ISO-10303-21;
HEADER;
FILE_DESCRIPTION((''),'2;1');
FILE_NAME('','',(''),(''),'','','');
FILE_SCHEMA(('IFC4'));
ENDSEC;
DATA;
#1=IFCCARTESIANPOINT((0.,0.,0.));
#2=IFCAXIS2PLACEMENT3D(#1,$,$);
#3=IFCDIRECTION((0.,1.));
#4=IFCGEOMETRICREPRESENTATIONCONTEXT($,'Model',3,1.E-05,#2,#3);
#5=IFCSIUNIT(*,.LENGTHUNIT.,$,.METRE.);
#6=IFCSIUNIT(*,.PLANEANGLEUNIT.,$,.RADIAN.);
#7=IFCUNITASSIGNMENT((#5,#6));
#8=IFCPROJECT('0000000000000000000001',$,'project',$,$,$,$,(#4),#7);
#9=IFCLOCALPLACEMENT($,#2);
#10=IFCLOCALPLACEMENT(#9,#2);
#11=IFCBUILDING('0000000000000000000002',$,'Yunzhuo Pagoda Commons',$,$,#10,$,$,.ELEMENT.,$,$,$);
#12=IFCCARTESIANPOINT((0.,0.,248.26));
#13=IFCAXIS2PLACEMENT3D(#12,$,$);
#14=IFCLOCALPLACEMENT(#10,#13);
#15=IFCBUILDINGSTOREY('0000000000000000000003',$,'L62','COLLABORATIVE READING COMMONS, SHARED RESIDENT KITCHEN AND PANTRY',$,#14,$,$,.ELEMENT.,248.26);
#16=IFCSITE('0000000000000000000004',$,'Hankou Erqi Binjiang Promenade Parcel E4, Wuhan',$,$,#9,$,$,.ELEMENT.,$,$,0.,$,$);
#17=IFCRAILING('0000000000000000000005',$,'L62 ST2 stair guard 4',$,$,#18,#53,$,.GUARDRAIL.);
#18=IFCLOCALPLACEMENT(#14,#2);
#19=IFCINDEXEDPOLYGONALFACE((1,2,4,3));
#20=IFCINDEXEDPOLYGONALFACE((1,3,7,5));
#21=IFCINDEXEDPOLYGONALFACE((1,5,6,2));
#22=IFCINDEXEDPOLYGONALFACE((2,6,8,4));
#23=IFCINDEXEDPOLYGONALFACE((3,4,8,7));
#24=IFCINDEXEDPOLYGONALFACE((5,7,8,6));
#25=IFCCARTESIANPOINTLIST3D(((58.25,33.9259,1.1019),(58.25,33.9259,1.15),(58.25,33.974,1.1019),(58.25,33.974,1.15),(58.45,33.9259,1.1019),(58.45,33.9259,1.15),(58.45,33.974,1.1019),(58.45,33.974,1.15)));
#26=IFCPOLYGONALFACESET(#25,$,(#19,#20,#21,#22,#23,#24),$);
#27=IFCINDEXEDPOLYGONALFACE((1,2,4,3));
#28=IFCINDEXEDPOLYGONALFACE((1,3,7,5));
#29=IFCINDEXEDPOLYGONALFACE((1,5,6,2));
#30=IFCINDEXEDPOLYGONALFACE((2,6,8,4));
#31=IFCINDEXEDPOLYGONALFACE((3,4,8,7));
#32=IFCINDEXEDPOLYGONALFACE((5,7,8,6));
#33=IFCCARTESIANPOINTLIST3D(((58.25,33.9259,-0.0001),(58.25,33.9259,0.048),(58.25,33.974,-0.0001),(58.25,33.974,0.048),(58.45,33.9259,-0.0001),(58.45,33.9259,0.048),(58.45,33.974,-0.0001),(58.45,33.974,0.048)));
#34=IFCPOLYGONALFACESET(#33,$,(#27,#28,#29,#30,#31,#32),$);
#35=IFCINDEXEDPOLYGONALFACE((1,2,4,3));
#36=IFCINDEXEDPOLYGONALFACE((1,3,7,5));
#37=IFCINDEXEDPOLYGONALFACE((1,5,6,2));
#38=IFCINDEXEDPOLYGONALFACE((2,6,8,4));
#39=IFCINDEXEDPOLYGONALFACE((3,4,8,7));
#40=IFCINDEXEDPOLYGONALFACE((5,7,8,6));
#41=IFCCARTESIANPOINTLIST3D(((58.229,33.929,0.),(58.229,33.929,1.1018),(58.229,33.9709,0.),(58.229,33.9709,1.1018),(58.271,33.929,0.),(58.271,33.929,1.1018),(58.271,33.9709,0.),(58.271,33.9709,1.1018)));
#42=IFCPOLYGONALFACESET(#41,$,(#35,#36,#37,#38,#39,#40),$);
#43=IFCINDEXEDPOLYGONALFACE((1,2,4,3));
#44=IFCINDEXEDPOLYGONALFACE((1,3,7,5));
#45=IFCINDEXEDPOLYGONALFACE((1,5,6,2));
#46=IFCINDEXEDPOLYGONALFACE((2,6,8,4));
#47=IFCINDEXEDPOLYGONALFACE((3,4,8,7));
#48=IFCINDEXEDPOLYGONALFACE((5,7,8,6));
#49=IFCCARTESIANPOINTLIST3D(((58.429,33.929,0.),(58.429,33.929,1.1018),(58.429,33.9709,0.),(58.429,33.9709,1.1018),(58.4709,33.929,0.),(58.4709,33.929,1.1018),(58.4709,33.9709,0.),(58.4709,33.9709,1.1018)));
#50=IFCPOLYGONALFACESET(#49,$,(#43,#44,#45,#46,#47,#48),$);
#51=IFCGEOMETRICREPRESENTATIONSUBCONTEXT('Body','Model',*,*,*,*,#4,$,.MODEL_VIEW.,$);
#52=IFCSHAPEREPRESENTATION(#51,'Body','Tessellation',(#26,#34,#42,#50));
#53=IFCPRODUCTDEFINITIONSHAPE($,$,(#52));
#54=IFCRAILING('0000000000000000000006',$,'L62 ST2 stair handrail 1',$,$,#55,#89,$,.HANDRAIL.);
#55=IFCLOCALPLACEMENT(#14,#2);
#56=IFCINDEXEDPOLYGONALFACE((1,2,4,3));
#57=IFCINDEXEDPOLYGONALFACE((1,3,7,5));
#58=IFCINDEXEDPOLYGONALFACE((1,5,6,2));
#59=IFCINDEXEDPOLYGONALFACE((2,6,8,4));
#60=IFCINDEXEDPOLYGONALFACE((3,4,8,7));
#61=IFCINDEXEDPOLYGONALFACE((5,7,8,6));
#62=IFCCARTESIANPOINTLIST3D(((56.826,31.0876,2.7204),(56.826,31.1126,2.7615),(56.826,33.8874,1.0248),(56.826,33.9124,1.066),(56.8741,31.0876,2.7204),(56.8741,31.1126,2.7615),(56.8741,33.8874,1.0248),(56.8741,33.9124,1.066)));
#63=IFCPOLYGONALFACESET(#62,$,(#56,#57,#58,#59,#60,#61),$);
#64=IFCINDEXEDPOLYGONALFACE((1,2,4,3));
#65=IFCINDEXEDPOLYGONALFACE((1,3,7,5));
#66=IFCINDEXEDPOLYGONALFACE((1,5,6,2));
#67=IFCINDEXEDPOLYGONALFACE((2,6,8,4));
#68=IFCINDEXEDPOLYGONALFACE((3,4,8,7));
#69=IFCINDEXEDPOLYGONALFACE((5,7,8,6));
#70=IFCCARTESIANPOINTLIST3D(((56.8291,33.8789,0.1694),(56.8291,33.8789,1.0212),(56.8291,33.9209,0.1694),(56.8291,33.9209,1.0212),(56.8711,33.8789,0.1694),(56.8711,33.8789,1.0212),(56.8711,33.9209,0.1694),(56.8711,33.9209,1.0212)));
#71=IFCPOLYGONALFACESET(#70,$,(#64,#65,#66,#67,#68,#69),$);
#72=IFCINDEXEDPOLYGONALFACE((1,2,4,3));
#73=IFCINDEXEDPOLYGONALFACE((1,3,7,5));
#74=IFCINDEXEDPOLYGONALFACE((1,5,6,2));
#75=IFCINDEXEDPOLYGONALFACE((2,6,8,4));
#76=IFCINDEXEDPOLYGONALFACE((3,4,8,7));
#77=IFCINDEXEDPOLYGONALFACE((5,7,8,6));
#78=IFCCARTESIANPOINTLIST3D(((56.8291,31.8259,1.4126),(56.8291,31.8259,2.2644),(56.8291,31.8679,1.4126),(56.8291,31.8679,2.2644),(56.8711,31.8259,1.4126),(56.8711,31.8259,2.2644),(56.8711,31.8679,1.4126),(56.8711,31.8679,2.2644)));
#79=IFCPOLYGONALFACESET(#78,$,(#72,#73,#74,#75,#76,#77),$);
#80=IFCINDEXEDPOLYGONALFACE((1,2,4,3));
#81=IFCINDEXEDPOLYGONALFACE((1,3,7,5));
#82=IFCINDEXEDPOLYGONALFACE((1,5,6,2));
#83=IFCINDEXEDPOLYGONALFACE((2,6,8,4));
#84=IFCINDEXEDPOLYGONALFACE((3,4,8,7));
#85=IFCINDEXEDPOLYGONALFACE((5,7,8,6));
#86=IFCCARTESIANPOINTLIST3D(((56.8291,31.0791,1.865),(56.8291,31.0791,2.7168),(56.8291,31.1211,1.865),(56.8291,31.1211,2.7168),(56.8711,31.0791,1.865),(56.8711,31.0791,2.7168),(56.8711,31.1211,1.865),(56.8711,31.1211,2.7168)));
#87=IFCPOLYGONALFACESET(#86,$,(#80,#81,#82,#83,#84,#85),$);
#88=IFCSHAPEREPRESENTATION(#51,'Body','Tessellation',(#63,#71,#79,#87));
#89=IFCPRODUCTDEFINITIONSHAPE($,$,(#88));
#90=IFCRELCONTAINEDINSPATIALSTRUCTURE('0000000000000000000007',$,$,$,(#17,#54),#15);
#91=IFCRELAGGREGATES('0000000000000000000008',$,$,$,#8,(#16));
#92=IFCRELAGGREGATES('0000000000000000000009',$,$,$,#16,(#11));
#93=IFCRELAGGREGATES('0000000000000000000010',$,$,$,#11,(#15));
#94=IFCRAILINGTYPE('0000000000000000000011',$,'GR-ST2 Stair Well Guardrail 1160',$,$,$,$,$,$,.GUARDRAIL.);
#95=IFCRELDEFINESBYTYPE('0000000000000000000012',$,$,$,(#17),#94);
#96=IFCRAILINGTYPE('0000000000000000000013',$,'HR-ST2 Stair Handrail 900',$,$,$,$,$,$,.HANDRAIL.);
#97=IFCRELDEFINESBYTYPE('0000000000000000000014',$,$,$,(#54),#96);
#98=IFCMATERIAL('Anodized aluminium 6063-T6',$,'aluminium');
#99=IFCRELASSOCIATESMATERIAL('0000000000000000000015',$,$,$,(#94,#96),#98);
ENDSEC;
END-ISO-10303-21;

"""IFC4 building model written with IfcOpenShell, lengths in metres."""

from ifc_helpers import new_model, si_unit, direction, frame, origin, origin_2d, place, context, subcontext, project, spatial, rectangle, extrude, material, type_object, element, save


model = new_model("IFC4")

# Units and contexts
model_context = context("Model", 3, precision=1e-05, world=origin(), true_north=direction((0.0, 1.0)))
body_context = subcontext(model_context, "Body", "Model", "MODEL_VIEW")
ifc_project = project(units=[si_unit("LENGTHUNIT", "METRE"), si_unit("PLANEANGLEUNIT", "RADIAN")], contexts=[model_context])

# Site, building, storey
site_placement = place(None, origin())
site = spatial("IfcSite", under=ifc_project, at=site_placement, Name="Hankou Erqi Binjiang Promenade Parcel E4, Wuhan", CompositionType="ELEMENT", RefElevation=0.0)
building_placement = place(site_placement, origin())
building = spatial("IfcBuilding", under=site, at=building_placement, Name="Yunzhuo Pagoda Commons", CompositionType="ELEMENT")
storey_placement = place(building_placement, frame((0.0, 0.0, 248.26)))
storey = spatial("IfcBuildingStorey", under=building, at=storey_placement, Name="L62", Description="COLLABORATIVE READING COMMONS, SHARED RESIDENT KITCHEN AND PANTRY", CompositionType="ELEMENT", Elevation=248.26)

# Railings
ifc_material_1 = material(Name="Anodized aluminium 6063-T6", Category="aluminium")
railing_type_1 = type_object("IfcRailingType", Name="GR-ST2 Stair Well Guardrail 1160", PredefinedType="GUARDRAIL", material=ifc_material_1)
railing_1_placement = place(storey_placement, frame((58.25, 33.95, 0.0)))
element("IfcRailing", 1, at=railing_1_placement, inside=storey, type_object=railing_type_1, Name="L62 ST2 stair guard 4", PredefinedType="GUARDRAIL", context=body_context, shape_type="SweptSolid", body=[
    extrude(rectangle(XDim=0.0481, YDim=0.0481, at=origin_2d()), frame((0.0, 0.0, 1.126), z_axis=(1.0, 0.0, 0.0), x_axis=(0.0, 1.0, 0.0)), (0.0, 0.0, 1.0), 0.2),
    extrude(rectangle(XDim=0.0481, YDim=0.0481, at=origin_2d()), frame((0.0, 0.0, 0.0239), z_axis=(1.0, 0.0, 0.0), x_axis=(0.0, 1.0, 0.0)), (0.0, 0.0, 1.0), 0.2),
    extrude(rectangle(XDim=0.042, YDim=0.042, at=origin_2d()), origin(), (0.0, 0.0, 1.0), 1.1018),
    extrude(rectangle(XDim=0.042, YDim=0.042, at=origin_2d()), frame((0.2, 0.0, 0.0)), (0.0, 0.0, 1.0), 1.1018),
])
railing_type_2 = type_object("IfcRailingType", Name="HR-ST2 Stair Handrail 900", PredefinedType="HANDRAIL", material=ifc_material_1)
railing_2_placement = place(storey_placement, frame((56.8501, 33.8999, 0.1694)))
element("IfcRailing", 2, at=railing_2_placement, inside=storey, type_object=railing_type_2, Name="L62 ST2 stair handrail 1", PredefinedType="HANDRAIL", context=body_context, shape_type="SweptSolid", body=[
    extrude(rectangle(XDim=0.0481, YDim=0.0481, at=origin_2d()), frame((0.0, 0.0, 0.876), z_axis=(0.0, -0.855373, 0.518012), x_axis=(1.0, 0.0, 0.0)), (0.0, 0.0, 1.0), 3.2732),
    extrude(rectangle(XDim=0.042, YDim=0.042, at=origin_2d()), origin(), (0.0, 0.0, 1.0), 0.8518),
    extrude(rectangle(XDim=0.042, YDim=0.042, at=origin_2d()), frame((0.0, -2.053, 1.2432)), (0.0, 0.0, 1.0), 0.8518),
    extrude(rectangle(XDim=0.042, YDim=0.042, at=origin_2d()), frame((0.0, -2.7998, 1.6956)), (0.0, 0.0, 1.0), 0.8518),
])

save(model, "model.ifc")
